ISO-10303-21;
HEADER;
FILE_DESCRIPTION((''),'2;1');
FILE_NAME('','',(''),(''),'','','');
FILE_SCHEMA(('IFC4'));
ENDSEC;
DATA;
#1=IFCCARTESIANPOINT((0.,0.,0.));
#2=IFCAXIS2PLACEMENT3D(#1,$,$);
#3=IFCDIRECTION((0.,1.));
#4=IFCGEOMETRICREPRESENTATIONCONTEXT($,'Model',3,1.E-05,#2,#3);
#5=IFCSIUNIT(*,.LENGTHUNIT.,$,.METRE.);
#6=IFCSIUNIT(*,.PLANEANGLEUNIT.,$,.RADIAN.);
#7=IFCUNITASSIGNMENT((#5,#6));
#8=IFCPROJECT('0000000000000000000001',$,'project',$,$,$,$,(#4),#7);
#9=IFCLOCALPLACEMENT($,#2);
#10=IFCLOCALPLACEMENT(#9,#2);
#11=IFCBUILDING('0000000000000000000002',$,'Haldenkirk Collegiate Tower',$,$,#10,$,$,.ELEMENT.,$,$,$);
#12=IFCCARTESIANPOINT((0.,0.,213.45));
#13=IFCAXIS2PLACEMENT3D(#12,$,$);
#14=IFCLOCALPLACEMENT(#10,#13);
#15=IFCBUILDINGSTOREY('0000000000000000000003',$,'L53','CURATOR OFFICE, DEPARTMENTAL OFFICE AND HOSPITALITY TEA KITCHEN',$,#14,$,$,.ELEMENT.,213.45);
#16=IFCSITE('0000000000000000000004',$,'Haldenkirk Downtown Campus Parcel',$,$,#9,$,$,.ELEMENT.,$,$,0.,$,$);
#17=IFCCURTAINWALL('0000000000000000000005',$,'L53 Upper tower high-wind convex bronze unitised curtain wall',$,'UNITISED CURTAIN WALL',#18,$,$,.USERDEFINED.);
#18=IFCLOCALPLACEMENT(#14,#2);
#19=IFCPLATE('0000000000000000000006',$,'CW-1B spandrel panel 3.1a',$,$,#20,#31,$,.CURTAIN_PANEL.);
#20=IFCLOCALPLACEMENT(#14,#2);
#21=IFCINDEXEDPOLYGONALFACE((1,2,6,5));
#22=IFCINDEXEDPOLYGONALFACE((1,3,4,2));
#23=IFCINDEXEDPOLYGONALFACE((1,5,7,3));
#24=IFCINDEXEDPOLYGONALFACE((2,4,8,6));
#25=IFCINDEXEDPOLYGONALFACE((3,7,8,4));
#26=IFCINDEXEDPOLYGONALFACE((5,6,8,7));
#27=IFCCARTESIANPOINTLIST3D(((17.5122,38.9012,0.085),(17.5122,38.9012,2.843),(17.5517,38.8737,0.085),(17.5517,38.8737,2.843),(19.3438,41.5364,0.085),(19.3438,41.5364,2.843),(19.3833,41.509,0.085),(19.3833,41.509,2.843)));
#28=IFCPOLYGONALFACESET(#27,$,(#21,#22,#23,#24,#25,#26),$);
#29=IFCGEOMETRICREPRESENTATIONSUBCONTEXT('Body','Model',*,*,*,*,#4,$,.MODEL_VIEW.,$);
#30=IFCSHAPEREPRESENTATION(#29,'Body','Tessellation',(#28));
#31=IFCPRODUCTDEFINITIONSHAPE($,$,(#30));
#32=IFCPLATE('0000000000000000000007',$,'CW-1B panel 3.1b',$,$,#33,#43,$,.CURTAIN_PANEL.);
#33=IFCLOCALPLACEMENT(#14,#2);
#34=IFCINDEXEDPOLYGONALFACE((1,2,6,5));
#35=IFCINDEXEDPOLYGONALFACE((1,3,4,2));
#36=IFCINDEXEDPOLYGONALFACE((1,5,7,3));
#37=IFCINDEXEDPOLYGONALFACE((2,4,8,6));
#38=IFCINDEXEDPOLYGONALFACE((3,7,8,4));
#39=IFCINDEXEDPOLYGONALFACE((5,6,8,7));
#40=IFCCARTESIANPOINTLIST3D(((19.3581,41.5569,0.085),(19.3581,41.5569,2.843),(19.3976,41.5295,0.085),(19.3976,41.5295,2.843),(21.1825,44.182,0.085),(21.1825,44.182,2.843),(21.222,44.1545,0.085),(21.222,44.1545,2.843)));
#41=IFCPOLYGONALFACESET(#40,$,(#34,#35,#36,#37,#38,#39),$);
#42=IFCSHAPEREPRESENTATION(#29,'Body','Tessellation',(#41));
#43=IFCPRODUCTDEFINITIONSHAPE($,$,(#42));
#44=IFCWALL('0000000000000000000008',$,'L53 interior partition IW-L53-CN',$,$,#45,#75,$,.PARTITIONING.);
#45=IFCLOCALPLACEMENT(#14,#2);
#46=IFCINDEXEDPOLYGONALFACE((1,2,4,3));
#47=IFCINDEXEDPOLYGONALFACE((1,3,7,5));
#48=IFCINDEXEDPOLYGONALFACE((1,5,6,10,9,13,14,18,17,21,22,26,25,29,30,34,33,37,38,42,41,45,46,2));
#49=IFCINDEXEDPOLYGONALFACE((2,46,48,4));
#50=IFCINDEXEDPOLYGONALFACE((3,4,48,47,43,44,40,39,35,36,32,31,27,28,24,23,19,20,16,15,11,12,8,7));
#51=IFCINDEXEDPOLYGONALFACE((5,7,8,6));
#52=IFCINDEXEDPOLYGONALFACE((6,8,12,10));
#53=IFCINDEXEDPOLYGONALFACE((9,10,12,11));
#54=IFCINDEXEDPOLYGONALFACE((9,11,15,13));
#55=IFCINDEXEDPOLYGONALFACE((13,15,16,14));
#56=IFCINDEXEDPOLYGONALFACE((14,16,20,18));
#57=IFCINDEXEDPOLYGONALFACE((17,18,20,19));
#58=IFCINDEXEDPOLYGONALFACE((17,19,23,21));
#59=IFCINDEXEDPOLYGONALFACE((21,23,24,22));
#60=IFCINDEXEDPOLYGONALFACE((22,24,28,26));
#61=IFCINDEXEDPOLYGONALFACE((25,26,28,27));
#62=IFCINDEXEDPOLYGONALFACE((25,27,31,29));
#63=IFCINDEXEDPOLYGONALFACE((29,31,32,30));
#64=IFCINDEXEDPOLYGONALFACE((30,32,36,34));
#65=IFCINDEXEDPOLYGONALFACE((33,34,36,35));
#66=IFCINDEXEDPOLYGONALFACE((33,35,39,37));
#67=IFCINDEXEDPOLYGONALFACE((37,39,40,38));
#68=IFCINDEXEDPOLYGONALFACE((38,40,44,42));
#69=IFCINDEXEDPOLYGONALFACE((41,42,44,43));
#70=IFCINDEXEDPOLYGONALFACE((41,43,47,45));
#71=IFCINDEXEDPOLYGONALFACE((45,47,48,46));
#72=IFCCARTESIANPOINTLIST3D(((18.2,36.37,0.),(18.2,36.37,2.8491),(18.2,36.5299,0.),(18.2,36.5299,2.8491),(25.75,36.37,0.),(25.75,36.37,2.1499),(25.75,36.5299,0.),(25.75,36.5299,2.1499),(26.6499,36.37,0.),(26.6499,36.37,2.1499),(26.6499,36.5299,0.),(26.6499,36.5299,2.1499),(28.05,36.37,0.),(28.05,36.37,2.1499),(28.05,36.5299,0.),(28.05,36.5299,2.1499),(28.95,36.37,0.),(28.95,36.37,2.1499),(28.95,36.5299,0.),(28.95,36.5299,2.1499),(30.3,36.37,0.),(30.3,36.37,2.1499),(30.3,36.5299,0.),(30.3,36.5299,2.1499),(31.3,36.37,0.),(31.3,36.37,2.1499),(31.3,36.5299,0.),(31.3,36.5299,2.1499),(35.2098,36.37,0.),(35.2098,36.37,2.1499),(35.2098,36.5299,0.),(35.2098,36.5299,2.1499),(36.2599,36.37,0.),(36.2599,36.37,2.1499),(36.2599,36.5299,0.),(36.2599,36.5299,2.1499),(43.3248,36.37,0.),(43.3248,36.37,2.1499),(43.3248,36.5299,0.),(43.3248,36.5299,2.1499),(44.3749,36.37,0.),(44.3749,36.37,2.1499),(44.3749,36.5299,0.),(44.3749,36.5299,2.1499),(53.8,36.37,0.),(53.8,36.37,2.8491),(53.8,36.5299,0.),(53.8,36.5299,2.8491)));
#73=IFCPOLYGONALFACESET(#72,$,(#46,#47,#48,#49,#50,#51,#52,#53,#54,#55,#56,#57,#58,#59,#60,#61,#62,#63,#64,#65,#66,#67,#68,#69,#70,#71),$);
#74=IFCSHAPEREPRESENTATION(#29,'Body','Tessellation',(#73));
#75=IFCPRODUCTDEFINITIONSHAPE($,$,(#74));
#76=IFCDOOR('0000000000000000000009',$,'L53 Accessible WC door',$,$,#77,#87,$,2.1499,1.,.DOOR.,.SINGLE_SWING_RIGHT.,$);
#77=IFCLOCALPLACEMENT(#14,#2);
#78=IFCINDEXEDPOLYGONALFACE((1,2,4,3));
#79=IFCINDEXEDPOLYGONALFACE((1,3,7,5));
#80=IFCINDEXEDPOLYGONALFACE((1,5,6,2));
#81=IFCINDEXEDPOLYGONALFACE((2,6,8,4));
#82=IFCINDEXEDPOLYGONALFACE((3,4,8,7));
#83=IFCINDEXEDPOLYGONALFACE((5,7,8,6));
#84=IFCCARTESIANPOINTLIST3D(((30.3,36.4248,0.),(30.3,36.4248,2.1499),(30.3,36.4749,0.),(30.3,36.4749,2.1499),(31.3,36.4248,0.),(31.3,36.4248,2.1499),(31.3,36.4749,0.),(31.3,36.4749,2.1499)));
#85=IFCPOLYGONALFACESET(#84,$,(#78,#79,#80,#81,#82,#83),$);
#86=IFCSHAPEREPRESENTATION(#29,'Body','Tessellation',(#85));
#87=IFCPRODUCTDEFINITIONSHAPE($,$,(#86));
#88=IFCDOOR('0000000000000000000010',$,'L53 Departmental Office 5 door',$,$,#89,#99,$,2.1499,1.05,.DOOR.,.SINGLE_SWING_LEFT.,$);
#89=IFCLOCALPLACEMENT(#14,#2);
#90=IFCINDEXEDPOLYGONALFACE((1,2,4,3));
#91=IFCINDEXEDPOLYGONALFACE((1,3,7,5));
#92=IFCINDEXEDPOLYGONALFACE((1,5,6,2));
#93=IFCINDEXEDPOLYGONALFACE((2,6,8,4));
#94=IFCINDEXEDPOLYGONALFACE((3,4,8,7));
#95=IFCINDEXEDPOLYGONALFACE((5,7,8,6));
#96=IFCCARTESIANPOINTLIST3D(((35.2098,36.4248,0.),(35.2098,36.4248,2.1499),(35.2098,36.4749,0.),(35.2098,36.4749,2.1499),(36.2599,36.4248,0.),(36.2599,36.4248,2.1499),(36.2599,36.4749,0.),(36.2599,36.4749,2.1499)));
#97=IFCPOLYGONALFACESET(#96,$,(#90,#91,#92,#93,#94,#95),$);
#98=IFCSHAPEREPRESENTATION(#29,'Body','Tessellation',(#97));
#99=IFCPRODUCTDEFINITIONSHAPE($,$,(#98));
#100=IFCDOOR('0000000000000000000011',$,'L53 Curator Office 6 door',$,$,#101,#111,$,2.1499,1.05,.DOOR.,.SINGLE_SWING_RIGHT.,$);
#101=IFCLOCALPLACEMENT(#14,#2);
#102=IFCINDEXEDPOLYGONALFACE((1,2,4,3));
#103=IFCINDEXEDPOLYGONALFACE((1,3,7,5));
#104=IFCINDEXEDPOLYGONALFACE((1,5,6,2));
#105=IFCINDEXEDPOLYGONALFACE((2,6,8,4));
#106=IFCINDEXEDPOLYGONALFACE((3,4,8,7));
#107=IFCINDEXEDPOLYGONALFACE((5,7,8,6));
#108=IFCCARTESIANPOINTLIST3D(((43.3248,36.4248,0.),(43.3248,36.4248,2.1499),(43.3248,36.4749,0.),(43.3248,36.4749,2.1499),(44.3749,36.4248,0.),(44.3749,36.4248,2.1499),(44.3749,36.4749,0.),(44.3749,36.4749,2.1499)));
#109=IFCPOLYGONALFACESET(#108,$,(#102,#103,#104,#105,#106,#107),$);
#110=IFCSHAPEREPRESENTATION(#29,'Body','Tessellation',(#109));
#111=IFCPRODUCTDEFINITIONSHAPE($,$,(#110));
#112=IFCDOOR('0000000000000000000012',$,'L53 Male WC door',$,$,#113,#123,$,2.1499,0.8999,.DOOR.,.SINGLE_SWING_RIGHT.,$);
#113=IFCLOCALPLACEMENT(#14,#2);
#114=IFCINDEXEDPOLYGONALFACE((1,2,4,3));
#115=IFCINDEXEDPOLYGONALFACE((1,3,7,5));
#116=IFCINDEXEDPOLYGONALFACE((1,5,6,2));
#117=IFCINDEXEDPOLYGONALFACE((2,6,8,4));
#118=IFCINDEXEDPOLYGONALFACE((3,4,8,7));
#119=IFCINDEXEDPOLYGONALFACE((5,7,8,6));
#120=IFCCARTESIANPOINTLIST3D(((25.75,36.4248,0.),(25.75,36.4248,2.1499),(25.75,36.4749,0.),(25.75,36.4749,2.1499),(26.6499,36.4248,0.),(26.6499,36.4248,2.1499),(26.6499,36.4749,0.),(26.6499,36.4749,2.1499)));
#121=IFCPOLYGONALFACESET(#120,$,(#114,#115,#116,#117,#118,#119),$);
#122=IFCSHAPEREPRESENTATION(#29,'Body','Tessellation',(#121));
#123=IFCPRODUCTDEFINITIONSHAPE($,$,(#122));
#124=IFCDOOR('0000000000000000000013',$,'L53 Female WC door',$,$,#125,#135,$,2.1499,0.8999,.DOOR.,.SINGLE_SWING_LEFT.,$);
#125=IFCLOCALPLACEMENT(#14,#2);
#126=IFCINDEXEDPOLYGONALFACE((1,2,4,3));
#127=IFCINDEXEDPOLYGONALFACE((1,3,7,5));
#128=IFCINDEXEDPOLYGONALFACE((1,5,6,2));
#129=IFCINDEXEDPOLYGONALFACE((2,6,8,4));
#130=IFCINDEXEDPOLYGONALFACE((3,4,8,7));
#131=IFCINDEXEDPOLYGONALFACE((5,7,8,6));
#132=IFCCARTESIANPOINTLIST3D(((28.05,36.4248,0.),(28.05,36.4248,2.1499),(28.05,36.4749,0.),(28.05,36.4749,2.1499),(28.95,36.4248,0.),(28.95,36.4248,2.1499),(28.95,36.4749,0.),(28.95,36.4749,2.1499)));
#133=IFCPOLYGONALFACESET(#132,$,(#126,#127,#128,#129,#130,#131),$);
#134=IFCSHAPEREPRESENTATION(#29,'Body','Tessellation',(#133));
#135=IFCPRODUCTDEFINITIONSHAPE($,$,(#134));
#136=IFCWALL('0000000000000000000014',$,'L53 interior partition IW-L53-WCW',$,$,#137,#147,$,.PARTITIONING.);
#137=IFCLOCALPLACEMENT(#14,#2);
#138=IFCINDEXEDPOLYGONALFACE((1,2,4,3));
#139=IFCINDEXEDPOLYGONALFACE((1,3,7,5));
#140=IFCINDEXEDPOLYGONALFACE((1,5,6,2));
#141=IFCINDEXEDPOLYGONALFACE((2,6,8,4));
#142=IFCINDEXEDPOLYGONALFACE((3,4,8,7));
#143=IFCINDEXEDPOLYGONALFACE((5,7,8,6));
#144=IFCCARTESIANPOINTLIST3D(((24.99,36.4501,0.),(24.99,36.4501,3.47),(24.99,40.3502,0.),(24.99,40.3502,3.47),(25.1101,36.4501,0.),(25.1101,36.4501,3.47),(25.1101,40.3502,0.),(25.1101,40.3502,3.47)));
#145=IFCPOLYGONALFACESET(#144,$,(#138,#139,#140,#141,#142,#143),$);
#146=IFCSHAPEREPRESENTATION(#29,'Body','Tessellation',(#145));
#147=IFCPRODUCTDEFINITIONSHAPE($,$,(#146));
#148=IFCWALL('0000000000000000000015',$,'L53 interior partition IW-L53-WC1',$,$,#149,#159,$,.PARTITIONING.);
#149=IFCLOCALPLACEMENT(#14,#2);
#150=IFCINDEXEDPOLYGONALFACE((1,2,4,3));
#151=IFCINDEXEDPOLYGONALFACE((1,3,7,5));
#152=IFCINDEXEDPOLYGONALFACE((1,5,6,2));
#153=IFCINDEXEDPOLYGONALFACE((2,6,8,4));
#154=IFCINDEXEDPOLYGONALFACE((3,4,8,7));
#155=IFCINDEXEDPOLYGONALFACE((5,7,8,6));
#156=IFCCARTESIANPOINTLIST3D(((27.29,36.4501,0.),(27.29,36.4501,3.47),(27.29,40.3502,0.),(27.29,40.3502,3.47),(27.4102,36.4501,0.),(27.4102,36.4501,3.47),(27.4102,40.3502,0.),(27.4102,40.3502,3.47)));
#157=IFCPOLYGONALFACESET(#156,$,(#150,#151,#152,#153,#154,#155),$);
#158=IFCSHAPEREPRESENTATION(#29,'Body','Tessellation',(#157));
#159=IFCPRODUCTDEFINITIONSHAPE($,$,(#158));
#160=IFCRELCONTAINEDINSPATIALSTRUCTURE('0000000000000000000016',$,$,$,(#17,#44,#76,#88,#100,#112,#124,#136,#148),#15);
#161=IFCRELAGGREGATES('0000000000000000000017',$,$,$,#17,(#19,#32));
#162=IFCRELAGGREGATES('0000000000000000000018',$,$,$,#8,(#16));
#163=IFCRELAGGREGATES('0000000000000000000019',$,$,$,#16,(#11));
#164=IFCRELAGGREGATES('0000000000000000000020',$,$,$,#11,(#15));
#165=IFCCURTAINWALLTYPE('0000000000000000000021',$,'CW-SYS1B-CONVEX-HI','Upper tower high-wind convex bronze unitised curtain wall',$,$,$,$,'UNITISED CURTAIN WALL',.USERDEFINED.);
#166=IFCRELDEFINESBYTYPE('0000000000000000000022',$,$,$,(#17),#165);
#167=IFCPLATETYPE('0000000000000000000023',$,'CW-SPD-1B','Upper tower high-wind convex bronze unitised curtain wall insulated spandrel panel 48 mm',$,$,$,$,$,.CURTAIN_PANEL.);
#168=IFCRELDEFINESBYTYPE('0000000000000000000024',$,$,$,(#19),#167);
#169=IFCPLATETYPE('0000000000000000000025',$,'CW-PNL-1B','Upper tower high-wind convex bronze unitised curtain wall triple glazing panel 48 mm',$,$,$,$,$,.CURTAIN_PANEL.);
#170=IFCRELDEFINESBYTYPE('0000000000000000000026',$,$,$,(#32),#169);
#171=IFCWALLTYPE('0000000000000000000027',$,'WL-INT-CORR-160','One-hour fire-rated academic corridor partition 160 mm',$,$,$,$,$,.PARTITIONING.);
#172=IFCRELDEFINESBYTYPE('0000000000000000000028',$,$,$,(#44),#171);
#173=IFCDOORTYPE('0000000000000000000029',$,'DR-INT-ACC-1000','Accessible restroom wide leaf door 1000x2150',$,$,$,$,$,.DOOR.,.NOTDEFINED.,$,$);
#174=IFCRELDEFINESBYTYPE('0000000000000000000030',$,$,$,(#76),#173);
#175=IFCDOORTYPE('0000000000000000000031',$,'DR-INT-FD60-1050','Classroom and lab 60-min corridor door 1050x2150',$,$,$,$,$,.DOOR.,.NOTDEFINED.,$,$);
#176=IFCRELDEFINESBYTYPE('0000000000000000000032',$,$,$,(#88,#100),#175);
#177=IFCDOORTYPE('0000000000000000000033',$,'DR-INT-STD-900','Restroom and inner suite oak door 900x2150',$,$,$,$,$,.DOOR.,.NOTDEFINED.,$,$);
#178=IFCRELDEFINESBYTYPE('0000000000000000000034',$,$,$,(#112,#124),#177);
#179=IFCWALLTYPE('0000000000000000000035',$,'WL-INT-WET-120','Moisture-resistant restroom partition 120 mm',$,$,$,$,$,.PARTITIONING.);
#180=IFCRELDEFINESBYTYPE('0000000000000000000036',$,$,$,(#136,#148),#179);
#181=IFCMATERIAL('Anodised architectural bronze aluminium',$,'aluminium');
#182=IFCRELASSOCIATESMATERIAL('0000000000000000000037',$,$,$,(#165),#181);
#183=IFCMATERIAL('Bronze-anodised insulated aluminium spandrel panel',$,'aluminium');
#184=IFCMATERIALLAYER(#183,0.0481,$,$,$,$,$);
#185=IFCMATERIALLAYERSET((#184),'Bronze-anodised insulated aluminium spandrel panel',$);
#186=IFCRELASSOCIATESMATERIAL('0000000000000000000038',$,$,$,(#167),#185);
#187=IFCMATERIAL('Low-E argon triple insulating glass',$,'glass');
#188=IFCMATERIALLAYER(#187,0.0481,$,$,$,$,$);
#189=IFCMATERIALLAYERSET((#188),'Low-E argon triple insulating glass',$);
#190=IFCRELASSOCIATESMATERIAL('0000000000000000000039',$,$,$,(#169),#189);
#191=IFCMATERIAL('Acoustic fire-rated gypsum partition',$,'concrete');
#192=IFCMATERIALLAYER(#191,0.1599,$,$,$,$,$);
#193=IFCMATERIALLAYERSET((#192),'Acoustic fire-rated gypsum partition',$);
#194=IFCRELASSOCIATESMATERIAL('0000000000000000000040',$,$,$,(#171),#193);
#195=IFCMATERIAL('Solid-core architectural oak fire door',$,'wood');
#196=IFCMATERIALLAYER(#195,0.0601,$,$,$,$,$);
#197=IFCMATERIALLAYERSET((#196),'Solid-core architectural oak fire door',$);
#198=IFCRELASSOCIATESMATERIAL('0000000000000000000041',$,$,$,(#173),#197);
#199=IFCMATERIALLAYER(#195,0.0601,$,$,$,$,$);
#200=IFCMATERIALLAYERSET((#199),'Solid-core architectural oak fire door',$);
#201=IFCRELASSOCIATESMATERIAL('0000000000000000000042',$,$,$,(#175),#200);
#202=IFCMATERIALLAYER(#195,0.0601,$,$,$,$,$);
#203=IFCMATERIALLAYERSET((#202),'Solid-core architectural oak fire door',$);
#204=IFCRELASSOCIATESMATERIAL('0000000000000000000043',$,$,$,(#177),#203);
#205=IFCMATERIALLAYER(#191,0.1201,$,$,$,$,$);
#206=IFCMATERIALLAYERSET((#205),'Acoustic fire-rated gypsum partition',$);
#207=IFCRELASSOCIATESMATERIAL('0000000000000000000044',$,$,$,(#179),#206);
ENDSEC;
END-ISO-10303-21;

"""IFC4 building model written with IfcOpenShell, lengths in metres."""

from ifc_helpers import new_model, si_unit, direction, frame, frame_2d, origin, origin_2d, place, context, subcontext, project, spatial, rectangle, extrude, source, transform, mapped, material, layer, layer_set, type_object, element, fill, aggregate, save


model = new_model("IFC4")

# Units and contexts
model_context = context("Model", 3, precision=1e-05, world=origin(), true_north=direction((0.0, 1.0)))
body_context = subcontext(model_context, "Body", "Model", "MODEL_VIEW")
ifc_project = project(units=[si_unit("LENGTHUNIT", "METRE"), si_unit("PLANEANGLEUNIT", "RADIAN")], contexts=[model_context])

# Site, building, storey
site_placement = place(None, origin())
site = spatial("IfcSite", under=ifc_project, at=site_placement, Name="Haldenkirk Downtown Campus Parcel", CompositionType="ELEMENT", RefElevation=0.0)
building_placement = place(site_placement, origin())
building = spatial("IfcBuilding", under=site, at=building_placement, Name="Haldenkirk Collegiate Tower", CompositionType="ELEMENT")
storey_placement = place(building_placement, frame((0.0, 0.0, 213.45)))
storey = spatial("IfcBuildingStorey", under=building, at=storey_placement, Name="L53", Description="CURATOR OFFICE, DEPARTMENTAL OFFICE AND HOSPITALITY TEA KITCHEN", CompositionType="ELEMENT", Elevation=213.45)

# Curtain wall
ifc_material_1 = material(Name="Anodised architectural bronze aluminium", Category="aluminium")
curtain_wall_type = type_object("IfcCurtainWallType", Name="CW-SYS1B-CONVEX-HI", Description="Upper tower high-wind convex bronze unitised curtain wall", ElementType="UNITISED CURTAIN WALL", PredefinedType="USERDEFINED", material=ifc_material_1)
curtain_wall_placement = place(storey_placement, origin())
curtain_wall = element("IfcCurtainWall", 1, at=curtain_wall_placement, inside=storey, type_object=curtain_wall_type, Name="L53 Upper tower high-wind convex bronze unitised curtain wall", ObjectType="UNITISED CURTAIN WALL", PredefinedType="USERDEFINED")

# Plates
ifc_material_2 = material(Name="Bronze-anodised insulated aluminium spandrel panel", Category="aluminium")
ifc_layer_1 = layer(ifc_material_2, 0.0481)
ifc_layer_set_1 = layer_set([ifc_layer_1], Name="Bronze-anodised insulated aluminium spandrel panel")
plate_type_1 = type_object("IfcPlateType", Name="CW-SPD-1B", Description="Upper tower high-wind convex bronze unitised curtain wall insulated spandrel panel 48 mm", PredefinedType="CURTAIN_PANEL", material=ifc_layer_set_1)
shared_shape_1 = source(origin(), body_context, "Body", "SweptSolid", [
    extrude(rectangle(XDim=3.2092, YDim=0.0481, at=origin_2d()), origin(), (0.0, 0.0, 1.0), 2.7581),
])
plate_1_placement = place(storey_placement, frame((18.4478, 40.2051, 0.085), z_axis=(0.0, 0.0, 1.0), x_axis=(0.570715, 0.821148, 0.0)))
plate_1 = element("IfcPlate", 2, at=plate_1_placement, type_object=plate_type_1, Name="CW-1B spandrel panel 3.1a", PredefinedType="CURTAIN_PANEL", context=body_context, shape_type="MappedRepresentation", body=[
    mapped(shared_shape_1, transform((0.0, 0.0, 0.0), x_axis=(1.0, 0.0, 0.0), y_axis=(0.0, 1.0, 0.0), z_axis=(0.0, 0.0, 1.0), scale=1.0)),
])
ifc_material_3 = material(Name="Low-E argon triple insulating glass", Category="glass")
ifc_layer_2 = layer(ifc_material_3, 0.0481)
ifc_layer_set_2 = layer_set([ifc_layer_2], Name="Low-E argon triple insulating glass")
plate_type_2 = type_object("IfcPlateType", Name="CW-PNL-1B", Description="Upper tower high-wind convex bronze unitised curtain wall triple glazing panel 48 mm", PredefinedType="CURTAIN_PANEL", material=ifc_layer_set_2)
shared_shape_2 = source(origin(), body_context, "Body", "SweptSolid", [
    extrude(rectangle(XDim=3.1968, YDim=0.0481, at=origin_2d()), origin(), (0.0, 0.0, 1.0), 2.7581),
])
plate_2_placement = place(storey_placement, frame((20.29, 42.8557, 0.085), z_axis=(0.0, 0.0, 1.0), x_axis=(0.570715, 0.821148, 0.0)))
plate_2 = element("IfcPlate", 3, at=plate_2_placement, type_object=plate_type_2, Name="CW-1B panel 3.1b", PredefinedType="CURTAIN_PANEL", context=body_context, shape_type="MappedRepresentation", body=[
    mapped(shared_shape_2, transform((0.0, 0.0, 0.0), x_axis=(1.0, 0.0, 0.0), y_axis=(0.0, 1.0, 0.0), z_axis=(0.0, 0.0, 1.0), scale=1.0)),
])
aggregate(curtain_wall, [plate_1, plate_2])

# Wall, openings, doors
ifc_material_4 = material(Name="Acoustic fire-rated gypsum partition", Category="concrete")
ifc_layer_3 = layer(ifc_material_4, 0.1599)
ifc_layer_set_3 = layer_set([ifc_layer_3], Name="Acoustic fire-rated gypsum partition")
wall_type_1 = type_object("IfcWallType", Name="WL-INT-CORR-160", Description="One-hour fire-rated academic corridor partition 160 mm", PredefinedType="PARTITIONING", material=ifc_layer_set_3)
wall_1_placement = place(storey_placement, frame((18.2, 36.45, 0.0), z_axis=(0.0, 0.0, 1.0), x_axis=(1.0, 0.0, 0.0)))
wall_1 = element("IfcWall", 4, at=wall_1_placement, inside=storey, type_object=wall_type_1, Name="L53 interior partition IW-L53-CN", PredefinedType="PARTITIONING", context=body_context, shape_type="SweptSolid", body=[
    extrude(rectangle(XDim=35.6001, YDim=0.1599, at=frame_2d((17.8, 0.0))), origin(), (0.0, 0.0, 1.0), 2.8491),
])
opening_1_placement = place(wall_1_placement, frame((7.55, 0.0, 0.0)))
opening_1 = element("IfcOpeningElement", 5, at=opening_1_placement, cuts=wall_1, PredefinedType="OPENING", context=body_context, shape_type="SweptSolid", body=[
    extrude(rectangle(XDim=0.8999, YDim=2.1499, at=frame_2d((0.45, 1.075))), frame((0.0, 0.0898, 0.0), z_axis=(0.0, -1.0, 0.0), x_axis=(1.0, 0.0, 0.0)), (0.0, 0.0, 1.0), 0.1799),
])
opening_2_placement = place(wall_1_placement, frame((9.8501, 0.0, 0.0)))
opening_2 = element("IfcOpeningElement", 6, at=opening_2_placement, cuts=wall_1, PredefinedType="OPENING", context=body_context, shape_type="SweptSolid", body=[
    extrude(rectangle(XDim=0.8999, YDim=2.1499, at=frame_2d((0.45, 1.075))), frame((0.0, 0.0898, 0.0), z_axis=(0.0, -1.0, 0.0), x_axis=(1.0, 0.0, 0.0)), (0.0, 0.0, 1.0), 0.1799),
])
opening_3_placement = place(wall_1_placement, frame((12.1001, 0.0, 0.0)))
opening_3 = element("IfcOpeningElement", 7, at=opening_3_placement, cuts=wall_1, PredefinedType="OPENING", context=body_context, shape_type="SweptSolid", body=[
    extrude(rectangle(XDim=1.0, YDim=2.1499, at=frame_2d((0.5, 1.075))), frame((0.0, 0.0898, 0.0), z_axis=(0.0, -1.0, 0.0), x_axis=(1.0, 0.0, 0.0)), (0.0, 0.0, 1.0), 0.1799),
])
opening_4_placement = place(wall_1_placement, frame((17.01, 0.0, 0.0)))
opening_4 = element("IfcOpeningElement", 8, at=opening_4_placement, cuts=wall_1, PredefinedType="OPENING", context=body_context, shape_type="SweptSolid", body=[
    extrude(rectangle(XDim=1.05, YDim=2.1499, at=frame_2d((0.5249, 1.075))), frame((0.0, 0.0898, 0.0), z_axis=(0.0, -1.0, 0.0), x_axis=(1.0, 0.0, 0.0)), (0.0, 0.0, 1.0), 0.1799),
])
opening_5_placement = place(wall_1_placement, frame((25.125, 0.0, 0.0)))
opening_5 = element("IfcOpeningElement", 9, at=opening_5_placement, cuts=wall_1, PredefinedType="OPENING", context=body_context, shape_type="SweptSolid", body=[
    extrude(rectangle(XDim=1.05, YDim=2.1499, at=frame_2d((0.5249, 1.075))), frame((0.0, 0.0898, 0.0), z_axis=(0.0, -1.0, 0.0), x_axis=(1.0, 0.0, 0.0)), (0.0, 0.0, 1.0), 0.1799),
])
ifc_material_5 = material(Name="Solid-core architectural oak fire door", Category="wood")
ifc_layer_4 = layer(ifc_material_5, 0.0601)
ifc_layer_set_4 = layer_set([ifc_layer_4], Name="Solid-core architectural oak fire door")
door_type_1 = type_object("IfcDoorType", Name="DR-INT-ACC-1000", Description="Accessible restroom wide leaf door 1000x2150", OperationType="NOTDEFINED", PredefinedType="DOOR", material=ifc_layer_set_4)
door_1_placement = place(opening_3_placement, origin())
door_1 = element("IfcDoor", 10, at=door_1_placement, inside=storey, type_object=door_type_1, Name="L53 Accessible WC door", OperationType="SINGLE_SWING_RIGHT", OverallHeight=2.1499, OverallWidth=1.0, PredefinedType="DOOR", context=body_context, shape_type="SweptSolid", body=[
    extrude(rectangle(XDim=1.0, YDim=2.1499, at=frame_2d((0.5, 1.075))), frame((0.0, 0.0249, 0.0), z_axis=(0.0, -1.0, 0.0), x_axis=(1.0, 0.0, 0.0)), (0.0, 0.0, 1.0), 0.05),
])
fill(opening_3, door_1)
ifc_layer_5 = layer(ifc_material_5, 0.0601)
ifc_layer_set_5 = layer_set([ifc_layer_5], Name="Solid-core architectural oak fire door")
door_type_2 = type_object("IfcDoorType", Name="DR-INT-FD60-1050", Description="Classroom and lab 60-min corridor door 1050x2150", OperationType="NOTDEFINED", PredefinedType="DOOR", material=ifc_layer_set_5)
door_2_placement = place(opening_4_placement, origin())
door_2 = element("IfcDoor", 11, at=door_2_placement, inside=storey, type_object=door_type_2, Name="L53 Departmental Office 5 door", OperationType="SINGLE_SWING_LEFT", OverallHeight=2.1499, OverallWidth=1.05, PredefinedType="DOOR", context=body_context, shape_type="SweptSolid", body=[
    extrude(rectangle(XDim=1.05, YDim=2.1499, at=frame_2d((0.5249, 1.075))), frame((0.0, 0.0249, 0.0), z_axis=(0.0, -1.0, 0.0), x_axis=(1.0, 0.0, 0.0)), (0.0, 0.0, 1.0), 0.05),
])
fill(opening_4, door_2)
door_3_placement = place(opening_5_placement, origin())
door_3 = element("IfcDoor", 12, at=door_3_placement, inside=storey, type_object=door_type_2, Name="L53 Curator Office 6 door", OperationType="SINGLE_SWING_RIGHT", OverallHeight=2.1499, OverallWidth=1.05, PredefinedType="DOOR", context=body_context, shape_type="SweptSolid", body=[
    extrude(rectangle(XDim=1.05, YDim=2.1499, at=frame_2d((0.5249, 1.075))), frame((0.0, 0.0249, 0.0), z_axis=(0.0, -1.0, 0.0), x_axis=(1.0, 0.0, 0.0)), (0.0, 0.0, 1.0), 0.05),
])
fill(opening_5, door_3)
ifc_layer_6 = layer(ifc_material_5, 0.0601)
ifc_layer_set_6 = layer_set([ifc_layer_6], Name="Solid-core architectural oak fire door")
door_type_3 = type_object("IfcDoorType", Name="DR-INT-STD-900", Description="Restroom and inner suite oak door 900x2150", OperationType="NOTDEFINED", PredefinedType="DOOR", material=ifc_layer_set_6)
door_4_placement = place(opening_1_placement, origin())
door_4 = element("IfcDoor", 13, at=door_4_placement, inside=storey, type_object=door_type_3, Name="L53 Male WC door", OperationType="SINGLE_SWING_RIGHT", OverallHeight=2.1499, OverallWidth=0.8999, PredefinedType="DOOR", context=body_context, shape_type="SweptSolid", body=[
    extrude(rectangle(XDim=0.8999, YDim=2.1499, at=frame_2d((0.45, 1.075))), frame((0.0, 0.0249, 0.0), z_axis=(0.0, -1.0, 0.0), x_axis=(1.0, 0.0, 0.0)), (0.0, 0.0, 1.0), 0.05),
])
fill(opening_1, door_4)
door_5_placement = place(opening_2_placement, origin())
door_5 = element("IfcDoor", 14, at=door_5_placement, inside=storey, type_object=door_type_3, Name="L53 Female WC door", OperationType="SINGLE_SWING_LEFT", OverallHeight=2.1499, OverallWidth=0.8999, PredefinedType="DOOR", context=body_context, shape_type="SweptSolid", body=[
    extrude(rectangle(XDim=0.8999, YDim=2.1499, at=frame_2d((0.45, 1.075))), frame((0.0, 0.0249, 0.0), z_axis=(0.0, -1.0, 0.0), x_axis=(1.0, 0.0, 0.0)), (0.0, 0.0, 1.0), 0.05),
])
fill(opening_2, door_5)

# Walls
ifc_layer_7 = layer(ifc_material_4, 0.1201)
ifc_layer_set_7 = layer_set([ifc_layer_7], Name="Acoustic fire-rated gypsum partition")
wall_type_2 = type_object("IfcWallType", Name="WL-INT-WET-120", Description="Moisture-resistant restroom partition 120 mm", PredefinedType="PARTITIONING", material=ifc_layer_set_7)
for number, where, z_axis, x_axis, name in (
    (15, (25.05, 36.45, 0.0), (0.0, 0.0, 1.0), (0.0, 1.0, 0.0), "L53 interior partition IW-L53-WCW"),
    (16, (27.3501, 36.45, 0.0), (0.0, 0.0, 1.0), (0.0, 1.0, 0.0), "L53 interior partition IW-L53-WC1"),
):
    element("IfcWall", number, at=place(storey_placement, frame(where, z_axis=z_axis, x_axis=x_axis)), inside=storey, type_object=wall_type_2, Name=name, PredefinedType="PARTITIONING", context=body_context, shape_type="SweptSolid", body=[
        extrude(rectangle(XDim=3.9001, YDim=0.1201, at=frame_2d((1.9502, 0.0))), origin(), (0.0, 0.0, 1.0), 3.47),
    ])

save(model, "model.ifc")
